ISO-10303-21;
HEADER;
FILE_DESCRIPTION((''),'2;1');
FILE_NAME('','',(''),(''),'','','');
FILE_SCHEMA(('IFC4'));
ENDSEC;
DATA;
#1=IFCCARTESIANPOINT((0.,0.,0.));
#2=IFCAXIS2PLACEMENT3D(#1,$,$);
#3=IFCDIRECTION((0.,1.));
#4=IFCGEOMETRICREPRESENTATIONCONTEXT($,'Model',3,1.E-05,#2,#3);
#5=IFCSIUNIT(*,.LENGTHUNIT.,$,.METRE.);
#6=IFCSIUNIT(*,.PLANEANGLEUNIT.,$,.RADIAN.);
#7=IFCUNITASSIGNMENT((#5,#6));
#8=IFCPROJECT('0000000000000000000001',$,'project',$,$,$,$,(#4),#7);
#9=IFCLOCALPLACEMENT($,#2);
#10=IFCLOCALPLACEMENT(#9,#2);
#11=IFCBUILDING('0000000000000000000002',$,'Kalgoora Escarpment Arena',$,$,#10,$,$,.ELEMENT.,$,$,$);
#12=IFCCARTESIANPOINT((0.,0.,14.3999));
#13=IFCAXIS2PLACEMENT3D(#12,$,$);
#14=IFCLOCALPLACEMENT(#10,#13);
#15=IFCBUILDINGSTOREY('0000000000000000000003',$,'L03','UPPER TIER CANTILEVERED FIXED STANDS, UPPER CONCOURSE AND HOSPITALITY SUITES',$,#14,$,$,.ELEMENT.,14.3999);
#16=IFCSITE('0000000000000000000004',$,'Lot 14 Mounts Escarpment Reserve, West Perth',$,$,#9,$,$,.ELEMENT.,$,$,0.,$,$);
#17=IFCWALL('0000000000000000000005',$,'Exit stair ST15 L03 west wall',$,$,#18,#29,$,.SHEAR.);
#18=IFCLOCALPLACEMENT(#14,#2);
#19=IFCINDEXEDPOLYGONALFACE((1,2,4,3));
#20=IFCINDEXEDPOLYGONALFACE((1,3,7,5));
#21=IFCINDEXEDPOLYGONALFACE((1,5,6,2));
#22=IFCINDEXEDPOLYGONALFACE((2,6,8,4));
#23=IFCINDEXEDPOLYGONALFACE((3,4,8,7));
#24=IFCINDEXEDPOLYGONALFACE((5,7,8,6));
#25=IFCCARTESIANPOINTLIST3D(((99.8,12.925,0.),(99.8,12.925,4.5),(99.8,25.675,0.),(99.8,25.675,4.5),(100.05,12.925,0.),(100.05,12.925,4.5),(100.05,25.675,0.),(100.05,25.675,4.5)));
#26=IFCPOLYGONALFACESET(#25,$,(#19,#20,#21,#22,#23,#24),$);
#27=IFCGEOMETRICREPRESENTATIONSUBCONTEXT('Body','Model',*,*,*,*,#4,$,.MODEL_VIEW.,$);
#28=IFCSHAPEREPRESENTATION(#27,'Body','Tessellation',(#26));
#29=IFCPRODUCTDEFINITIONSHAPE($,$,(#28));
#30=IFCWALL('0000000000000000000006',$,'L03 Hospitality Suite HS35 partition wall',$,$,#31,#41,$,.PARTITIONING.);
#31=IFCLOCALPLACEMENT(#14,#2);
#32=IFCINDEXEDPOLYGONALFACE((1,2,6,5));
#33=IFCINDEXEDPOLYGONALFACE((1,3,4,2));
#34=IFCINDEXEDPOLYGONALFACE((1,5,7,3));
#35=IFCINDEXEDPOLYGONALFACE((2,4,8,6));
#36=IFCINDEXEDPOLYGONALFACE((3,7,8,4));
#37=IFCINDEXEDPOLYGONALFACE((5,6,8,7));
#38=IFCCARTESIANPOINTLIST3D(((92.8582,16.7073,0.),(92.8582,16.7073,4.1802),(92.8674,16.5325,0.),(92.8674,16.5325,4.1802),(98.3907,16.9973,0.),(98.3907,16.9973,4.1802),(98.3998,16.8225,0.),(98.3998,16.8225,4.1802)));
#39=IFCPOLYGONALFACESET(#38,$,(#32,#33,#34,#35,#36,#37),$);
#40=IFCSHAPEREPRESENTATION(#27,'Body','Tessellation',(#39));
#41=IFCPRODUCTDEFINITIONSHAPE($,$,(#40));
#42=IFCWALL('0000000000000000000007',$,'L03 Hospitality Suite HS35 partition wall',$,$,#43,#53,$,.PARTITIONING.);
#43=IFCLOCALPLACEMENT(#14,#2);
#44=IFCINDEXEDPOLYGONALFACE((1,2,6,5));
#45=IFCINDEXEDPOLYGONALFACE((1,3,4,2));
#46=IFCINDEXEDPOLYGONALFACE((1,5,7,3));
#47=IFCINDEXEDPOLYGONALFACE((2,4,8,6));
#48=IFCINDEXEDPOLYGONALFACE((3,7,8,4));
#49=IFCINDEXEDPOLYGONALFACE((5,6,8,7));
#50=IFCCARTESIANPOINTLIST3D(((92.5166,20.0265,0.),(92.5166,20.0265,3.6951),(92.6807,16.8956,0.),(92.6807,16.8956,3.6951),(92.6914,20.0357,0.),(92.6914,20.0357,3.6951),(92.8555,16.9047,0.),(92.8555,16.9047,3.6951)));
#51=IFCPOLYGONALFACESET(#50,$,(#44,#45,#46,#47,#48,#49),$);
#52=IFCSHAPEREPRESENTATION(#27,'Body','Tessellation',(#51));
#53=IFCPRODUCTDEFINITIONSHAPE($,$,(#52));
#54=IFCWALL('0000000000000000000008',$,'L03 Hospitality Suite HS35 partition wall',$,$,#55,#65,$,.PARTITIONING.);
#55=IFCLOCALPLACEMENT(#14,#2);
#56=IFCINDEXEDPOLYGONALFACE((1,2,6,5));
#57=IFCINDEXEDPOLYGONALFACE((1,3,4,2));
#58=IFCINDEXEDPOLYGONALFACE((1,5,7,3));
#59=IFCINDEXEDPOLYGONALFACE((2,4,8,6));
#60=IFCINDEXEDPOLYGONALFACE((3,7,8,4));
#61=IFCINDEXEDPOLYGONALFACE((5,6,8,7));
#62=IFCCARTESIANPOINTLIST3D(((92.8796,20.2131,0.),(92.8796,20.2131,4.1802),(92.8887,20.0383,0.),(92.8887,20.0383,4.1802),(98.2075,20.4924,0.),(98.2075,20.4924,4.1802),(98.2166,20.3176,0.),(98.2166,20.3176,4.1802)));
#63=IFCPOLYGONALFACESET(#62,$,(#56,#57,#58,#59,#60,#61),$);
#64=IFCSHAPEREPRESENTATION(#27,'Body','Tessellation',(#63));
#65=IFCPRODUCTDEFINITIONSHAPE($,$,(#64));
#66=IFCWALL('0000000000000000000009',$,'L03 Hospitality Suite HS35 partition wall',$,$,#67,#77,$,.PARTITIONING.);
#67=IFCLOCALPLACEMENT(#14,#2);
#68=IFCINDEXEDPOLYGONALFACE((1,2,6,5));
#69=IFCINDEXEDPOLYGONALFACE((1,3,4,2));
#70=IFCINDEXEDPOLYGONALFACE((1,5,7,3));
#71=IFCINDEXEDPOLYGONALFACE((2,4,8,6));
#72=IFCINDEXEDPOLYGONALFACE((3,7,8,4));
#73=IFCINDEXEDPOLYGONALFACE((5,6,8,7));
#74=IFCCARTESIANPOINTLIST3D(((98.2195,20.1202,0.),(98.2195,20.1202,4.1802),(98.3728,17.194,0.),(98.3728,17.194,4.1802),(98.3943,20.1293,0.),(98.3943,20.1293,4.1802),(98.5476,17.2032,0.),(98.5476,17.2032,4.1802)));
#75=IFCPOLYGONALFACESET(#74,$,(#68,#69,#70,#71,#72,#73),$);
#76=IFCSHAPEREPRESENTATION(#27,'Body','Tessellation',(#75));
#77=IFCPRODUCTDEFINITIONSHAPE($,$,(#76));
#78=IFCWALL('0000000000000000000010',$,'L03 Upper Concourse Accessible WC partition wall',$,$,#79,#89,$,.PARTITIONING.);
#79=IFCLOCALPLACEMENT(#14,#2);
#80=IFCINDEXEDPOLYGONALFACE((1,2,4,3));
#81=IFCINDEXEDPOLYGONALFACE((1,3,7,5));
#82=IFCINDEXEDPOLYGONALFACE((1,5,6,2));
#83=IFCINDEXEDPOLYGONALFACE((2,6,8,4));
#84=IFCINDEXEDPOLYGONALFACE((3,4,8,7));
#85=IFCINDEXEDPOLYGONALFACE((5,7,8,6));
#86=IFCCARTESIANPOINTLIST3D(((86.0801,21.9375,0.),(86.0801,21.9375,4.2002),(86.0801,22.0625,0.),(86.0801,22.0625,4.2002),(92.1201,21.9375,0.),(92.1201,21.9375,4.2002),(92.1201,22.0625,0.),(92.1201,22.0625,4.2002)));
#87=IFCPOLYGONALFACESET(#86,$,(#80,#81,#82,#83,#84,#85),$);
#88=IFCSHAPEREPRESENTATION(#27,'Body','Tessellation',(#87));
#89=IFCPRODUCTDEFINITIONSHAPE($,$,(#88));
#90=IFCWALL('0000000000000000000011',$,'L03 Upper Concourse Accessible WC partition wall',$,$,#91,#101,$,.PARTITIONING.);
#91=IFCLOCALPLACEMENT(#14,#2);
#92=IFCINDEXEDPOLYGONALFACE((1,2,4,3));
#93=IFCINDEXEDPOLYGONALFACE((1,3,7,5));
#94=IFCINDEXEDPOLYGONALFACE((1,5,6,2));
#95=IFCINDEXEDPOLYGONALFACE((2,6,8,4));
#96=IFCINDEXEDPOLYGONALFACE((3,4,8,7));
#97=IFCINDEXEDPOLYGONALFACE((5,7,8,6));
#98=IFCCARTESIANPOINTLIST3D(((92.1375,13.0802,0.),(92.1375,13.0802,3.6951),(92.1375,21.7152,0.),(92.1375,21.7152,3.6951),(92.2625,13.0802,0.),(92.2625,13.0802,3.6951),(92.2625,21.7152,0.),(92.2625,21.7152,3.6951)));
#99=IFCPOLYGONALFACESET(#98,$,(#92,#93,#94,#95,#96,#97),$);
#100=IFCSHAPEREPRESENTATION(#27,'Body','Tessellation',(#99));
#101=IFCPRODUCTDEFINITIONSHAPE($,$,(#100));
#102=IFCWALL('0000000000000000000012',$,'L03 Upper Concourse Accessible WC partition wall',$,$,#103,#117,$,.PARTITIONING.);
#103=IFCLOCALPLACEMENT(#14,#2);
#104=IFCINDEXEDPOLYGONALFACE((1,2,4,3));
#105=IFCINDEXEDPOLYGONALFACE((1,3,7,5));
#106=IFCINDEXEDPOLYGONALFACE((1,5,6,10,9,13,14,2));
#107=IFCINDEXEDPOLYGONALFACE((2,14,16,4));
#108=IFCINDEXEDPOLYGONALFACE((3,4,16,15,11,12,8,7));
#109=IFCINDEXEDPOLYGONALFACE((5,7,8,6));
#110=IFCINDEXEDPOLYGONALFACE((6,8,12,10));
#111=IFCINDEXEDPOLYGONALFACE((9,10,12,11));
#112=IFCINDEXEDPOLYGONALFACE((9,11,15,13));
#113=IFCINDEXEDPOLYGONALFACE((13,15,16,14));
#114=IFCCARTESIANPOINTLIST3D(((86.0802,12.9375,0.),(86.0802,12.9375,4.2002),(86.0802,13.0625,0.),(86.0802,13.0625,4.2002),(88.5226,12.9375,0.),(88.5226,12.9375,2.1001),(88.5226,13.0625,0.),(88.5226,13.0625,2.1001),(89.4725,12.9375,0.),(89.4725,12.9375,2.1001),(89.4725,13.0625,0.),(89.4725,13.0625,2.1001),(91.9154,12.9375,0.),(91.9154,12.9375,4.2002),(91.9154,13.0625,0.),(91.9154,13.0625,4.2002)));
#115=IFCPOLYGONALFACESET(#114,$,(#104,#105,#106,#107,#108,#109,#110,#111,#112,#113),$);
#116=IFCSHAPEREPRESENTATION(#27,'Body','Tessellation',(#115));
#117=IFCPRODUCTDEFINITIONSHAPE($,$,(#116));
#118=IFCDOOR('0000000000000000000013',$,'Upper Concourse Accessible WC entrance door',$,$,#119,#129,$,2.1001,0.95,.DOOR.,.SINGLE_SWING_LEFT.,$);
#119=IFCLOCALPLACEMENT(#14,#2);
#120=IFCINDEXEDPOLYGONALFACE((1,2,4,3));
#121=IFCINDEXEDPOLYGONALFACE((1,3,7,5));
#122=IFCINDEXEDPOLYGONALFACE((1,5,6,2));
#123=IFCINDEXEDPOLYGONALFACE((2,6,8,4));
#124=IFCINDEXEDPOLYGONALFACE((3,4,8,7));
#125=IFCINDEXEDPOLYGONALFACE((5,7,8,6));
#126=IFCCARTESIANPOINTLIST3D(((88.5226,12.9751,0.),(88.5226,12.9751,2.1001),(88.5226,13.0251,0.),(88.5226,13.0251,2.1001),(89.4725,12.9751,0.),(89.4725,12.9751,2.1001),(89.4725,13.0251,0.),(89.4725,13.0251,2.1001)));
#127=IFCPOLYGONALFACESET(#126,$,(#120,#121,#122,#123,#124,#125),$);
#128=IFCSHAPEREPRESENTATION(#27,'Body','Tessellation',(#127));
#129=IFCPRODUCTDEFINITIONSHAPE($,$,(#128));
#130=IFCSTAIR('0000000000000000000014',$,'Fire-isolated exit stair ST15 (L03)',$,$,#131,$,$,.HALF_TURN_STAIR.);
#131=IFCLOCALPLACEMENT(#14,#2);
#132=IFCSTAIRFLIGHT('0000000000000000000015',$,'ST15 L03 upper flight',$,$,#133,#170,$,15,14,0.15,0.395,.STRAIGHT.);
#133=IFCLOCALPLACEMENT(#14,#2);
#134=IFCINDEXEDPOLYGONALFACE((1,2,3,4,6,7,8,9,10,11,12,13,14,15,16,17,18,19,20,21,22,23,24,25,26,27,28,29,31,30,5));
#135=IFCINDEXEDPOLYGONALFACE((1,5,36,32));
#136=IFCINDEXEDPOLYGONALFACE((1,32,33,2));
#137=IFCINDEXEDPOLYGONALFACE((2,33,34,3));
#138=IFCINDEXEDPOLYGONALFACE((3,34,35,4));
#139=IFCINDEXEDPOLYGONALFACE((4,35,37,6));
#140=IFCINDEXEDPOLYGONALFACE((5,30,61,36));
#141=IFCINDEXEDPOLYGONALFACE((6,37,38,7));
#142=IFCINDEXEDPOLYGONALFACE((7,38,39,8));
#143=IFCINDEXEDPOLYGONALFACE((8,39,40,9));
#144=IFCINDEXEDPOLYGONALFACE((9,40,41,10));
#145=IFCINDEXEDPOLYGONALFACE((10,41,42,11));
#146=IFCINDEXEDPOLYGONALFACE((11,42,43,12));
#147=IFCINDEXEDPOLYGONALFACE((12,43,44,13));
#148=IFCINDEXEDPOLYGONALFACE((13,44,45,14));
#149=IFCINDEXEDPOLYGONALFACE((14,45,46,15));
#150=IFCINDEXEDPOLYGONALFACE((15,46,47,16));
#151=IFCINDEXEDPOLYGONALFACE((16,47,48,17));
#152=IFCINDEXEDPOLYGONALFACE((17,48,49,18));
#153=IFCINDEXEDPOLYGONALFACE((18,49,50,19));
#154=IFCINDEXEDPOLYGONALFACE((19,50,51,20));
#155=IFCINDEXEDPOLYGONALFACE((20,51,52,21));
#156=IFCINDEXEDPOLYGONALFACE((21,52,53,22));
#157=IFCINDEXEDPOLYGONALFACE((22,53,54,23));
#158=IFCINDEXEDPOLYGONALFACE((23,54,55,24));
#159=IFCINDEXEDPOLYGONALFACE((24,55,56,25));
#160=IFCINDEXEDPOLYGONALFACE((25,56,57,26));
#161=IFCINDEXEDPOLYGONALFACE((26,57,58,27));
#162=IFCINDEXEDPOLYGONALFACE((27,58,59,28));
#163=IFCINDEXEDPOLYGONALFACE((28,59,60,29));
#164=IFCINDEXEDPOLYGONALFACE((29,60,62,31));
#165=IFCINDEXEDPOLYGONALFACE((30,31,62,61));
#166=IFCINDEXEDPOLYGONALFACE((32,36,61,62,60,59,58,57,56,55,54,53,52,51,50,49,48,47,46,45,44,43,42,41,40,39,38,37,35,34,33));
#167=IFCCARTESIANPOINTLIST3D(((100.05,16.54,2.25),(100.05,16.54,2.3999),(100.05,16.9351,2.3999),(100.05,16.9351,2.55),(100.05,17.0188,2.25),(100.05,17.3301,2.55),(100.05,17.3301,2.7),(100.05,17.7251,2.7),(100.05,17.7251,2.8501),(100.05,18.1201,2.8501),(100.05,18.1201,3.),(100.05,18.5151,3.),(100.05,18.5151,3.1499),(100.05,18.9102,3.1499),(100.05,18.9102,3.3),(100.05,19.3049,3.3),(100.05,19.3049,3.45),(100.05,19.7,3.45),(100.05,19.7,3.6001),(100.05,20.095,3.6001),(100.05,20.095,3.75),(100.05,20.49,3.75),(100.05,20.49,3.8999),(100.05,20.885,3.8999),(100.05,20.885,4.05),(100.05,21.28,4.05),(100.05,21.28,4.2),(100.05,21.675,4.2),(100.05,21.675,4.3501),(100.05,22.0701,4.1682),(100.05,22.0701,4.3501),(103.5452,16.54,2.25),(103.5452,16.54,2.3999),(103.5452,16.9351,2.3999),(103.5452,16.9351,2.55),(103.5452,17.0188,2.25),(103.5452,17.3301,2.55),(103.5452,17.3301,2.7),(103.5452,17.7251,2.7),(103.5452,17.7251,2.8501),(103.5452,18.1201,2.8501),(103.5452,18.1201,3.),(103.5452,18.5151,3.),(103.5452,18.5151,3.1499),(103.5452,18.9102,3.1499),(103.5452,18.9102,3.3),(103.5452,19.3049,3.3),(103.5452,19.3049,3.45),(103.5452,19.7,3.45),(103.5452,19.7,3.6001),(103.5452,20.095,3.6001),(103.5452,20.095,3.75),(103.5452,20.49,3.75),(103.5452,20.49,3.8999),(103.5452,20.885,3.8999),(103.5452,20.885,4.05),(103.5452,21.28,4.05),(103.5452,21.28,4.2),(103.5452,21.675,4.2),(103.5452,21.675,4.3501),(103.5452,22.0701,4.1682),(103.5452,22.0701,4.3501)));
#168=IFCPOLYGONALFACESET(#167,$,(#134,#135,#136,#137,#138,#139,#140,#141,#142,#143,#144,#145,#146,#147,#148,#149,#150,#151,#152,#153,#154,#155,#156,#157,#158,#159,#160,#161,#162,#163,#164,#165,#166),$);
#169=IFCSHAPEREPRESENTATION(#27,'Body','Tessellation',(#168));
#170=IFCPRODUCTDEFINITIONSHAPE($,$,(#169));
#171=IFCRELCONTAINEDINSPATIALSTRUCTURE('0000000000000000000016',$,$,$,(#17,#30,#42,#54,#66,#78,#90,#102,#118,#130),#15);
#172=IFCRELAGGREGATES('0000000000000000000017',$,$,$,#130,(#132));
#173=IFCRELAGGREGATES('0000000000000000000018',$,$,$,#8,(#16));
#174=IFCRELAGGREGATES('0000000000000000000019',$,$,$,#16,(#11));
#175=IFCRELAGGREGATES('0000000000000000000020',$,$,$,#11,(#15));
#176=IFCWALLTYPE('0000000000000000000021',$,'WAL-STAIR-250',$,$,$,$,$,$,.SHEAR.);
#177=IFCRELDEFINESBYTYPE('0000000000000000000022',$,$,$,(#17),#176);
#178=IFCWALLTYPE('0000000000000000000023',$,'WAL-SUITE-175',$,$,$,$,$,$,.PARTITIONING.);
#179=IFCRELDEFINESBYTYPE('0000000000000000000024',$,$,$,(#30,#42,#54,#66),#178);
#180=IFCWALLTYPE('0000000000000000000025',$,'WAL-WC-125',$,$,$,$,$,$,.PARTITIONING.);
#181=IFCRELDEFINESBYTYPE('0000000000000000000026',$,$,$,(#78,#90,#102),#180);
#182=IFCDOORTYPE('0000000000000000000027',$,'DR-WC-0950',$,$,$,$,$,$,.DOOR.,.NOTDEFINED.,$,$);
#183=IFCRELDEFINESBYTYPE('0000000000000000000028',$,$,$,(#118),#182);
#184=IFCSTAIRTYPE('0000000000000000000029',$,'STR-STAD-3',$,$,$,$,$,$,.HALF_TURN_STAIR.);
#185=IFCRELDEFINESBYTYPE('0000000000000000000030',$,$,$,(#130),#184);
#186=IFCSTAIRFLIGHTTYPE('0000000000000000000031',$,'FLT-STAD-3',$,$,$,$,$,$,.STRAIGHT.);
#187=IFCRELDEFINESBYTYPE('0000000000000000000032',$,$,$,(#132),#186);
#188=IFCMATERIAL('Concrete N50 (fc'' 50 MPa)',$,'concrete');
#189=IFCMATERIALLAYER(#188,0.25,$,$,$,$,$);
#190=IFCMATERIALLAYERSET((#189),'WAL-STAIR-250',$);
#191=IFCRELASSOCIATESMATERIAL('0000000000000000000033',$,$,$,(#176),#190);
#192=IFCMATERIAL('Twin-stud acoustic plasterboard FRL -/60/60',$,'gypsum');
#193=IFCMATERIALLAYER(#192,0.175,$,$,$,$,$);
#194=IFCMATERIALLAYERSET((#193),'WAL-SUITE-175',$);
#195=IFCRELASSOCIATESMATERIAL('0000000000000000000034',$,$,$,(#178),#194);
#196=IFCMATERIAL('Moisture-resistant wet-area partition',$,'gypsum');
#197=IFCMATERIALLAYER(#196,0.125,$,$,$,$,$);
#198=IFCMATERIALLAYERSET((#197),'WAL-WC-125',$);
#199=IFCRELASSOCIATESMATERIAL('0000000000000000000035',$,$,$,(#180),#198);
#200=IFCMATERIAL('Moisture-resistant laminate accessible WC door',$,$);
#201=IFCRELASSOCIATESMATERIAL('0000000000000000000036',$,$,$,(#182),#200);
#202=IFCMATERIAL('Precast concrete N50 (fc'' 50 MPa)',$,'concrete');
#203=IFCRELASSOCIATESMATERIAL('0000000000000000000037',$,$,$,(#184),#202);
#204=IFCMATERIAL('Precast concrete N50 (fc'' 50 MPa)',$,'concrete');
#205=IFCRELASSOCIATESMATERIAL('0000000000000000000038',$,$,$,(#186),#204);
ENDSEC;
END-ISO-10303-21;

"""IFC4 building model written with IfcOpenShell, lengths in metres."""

from ifc_helpers import new_model, si_unit, direction, frame, frame_2d, origin, place, context, subcontext, project, spatial, polyline, rectangle, outline, extrude, material, layer, layer_set, type_object, element, fill, aggregate, save


model = new_model("IFC4")

# Units and contexts
model_context = context("Model", 3, precision=1e-05, world=origin(), true_north=direction((0.0, 1.0)))
body_context = subcontext(model_context, "Body", "Model", "MODEL_VIEW")
ifc_project = project(units=[si_unit("LENGTHUNIT", "METRE"), si_unit("PLANEANGLEUNIT", "RADIAN")], contexts=[model_context])

# Site, building, storey
site_placement = place(None, origin())
site = spatial("IfcSite", under=ifc_project, at=site_placement, Name="Lot 14 Mounts Escarpment Reserve, West Perth", CompositionType="ELEMENT", RefElevation=0.0)
building_placement = place(site_placement, origin())
building = spatial("IfcBuilding", under=site, at=building_placement, Name="Kalgoora Escarpment Arena", CompositionType="ELEMENT")
storey_placement = place(building_placement, frame((0.0, 0.0, 14.3999)))
storey = spatial("IfcBuildingStorey", under=building, at=storey_placement, Name="L03", Description="UPPER TIER CANTILEVERED FIXED STANDS, UPPER CONCOURSE AND HOSPITALITY SUITES", CompositionType="ELEMENT", Elevation=14.3999)

# Walls
ifc_material_1 = material(Name="Concrete N50 (fc' 50 MPa)", Category="concrete")
ifc_layer_1 = layer(ifc_material_1, 0.25)
ifc_layer_set_1 = layer_set([ifc_layer_1], Name="WAL-STAIR-250")
wall_type_1 = type_object("IfcWallType", Name="WAL-STAIR-250", PredefinedType="SHEAR", material=ifc_layer_set_1)
wall_1_placement = place(storey_placement, frame((99.925, 12.925, 0.0), z_axis=(0.0, 0.0, 1.0), x_axis=(0.0, 1.0, 0.0)))
element("IfcWall", 1, at=wall_1_placement, inside=storey, type_object=wall_type_1, Name="Exit stair ST15 L03 west wall", PredefinedType="SHEAR", context=body_context, shape_type="SweptSolid", body=[
    extrude(rectangle(XDim=12.75, YDim=0.25, at=frame_2d((6.375, 0.0))), origin(), (0.0, 0.0, 1.0), 4.5),
])
ifc_material_2 = material(Name="Twin-stud acoustic plasterboard FRL -/60/60", Category="gypsum")
ifc_layer_2 = layer(ifc_material_2, 0.175)
ifc_layer_set_2 = layer_set([ifc_layer_2], Name="WAL-SUITE-175")
wall_type_2 = type_object("IfcWallType", Name="WAL-SUITE-175", PredefinedType="PARTITIONING", material=ifc_layer_set_2)
wall_2_placement = place(storey_placement, frame((98.3953, 16.9099, 0.0), z_axis=(0.0, 0.0, 1.0), x_axis=(-0.998629, -0.052353, 0.0)))
element("IfcWall", 2, at=wall_2_placement, inside=storey, type_object=wall_type_2, Name="L03 Hospitality Suite HS35 partition wall", PredefinedType="PARTITIONING", context=body_context, shape_type="SweptSolid", body=[
    extrude(rectangle(XDim=5.54, YDim=0.175, at=frame_2d((2.77, 0.0))), origin(), (0.0, 0.0, 1.0), 4.1802),
])
wall_3_placement = place(storey_placement, frame((92.7681, 16.9001, 0.0), z_axis=(0.0, 0.0, 1.0), x_axis=(-0.05233, 0.99863, 0.0)))
element("IfcWall", 3, at=wall_3_placement, inside=storey, type_object=wall_type_2, Name="L03 Hospitality Suite HS35 partition wall", PredefinedType="PARTITIONING", context=body_context, shape_type="SweptSolid", body=[
    extrude(rectangle(XDim=3.1353, YDim=0.175, at=frame_2d((1.5676, 0.0))), origin(), (0.0, 0.0, 1.0), 3.6951),
])
wall_4_placement = place(storey_placement, frame((92.8843, 20.1257, 0.0), z_axis=(0.0, 0.0, 1.0), x_axis=(0.998629, 0.05235, 0.0)))
element("IfcWall", 4, at=wall_4_placement, inside=storey, type_object=wall_type_2, Name="L03 Hospitality Suite HS35 partition wall", PredefinedType="PARTITIONING", context=body_context, shape_type="SweptSolid", body=[
    extrude(rectangle(XDim=5.3352, YDim=0.175, at=frame_2d((2.6675, 0.0))), origin(), (0.0, 0.0, 1.0), 4.1802),
])
wall_5_placement = place(storey_placement, frame((98.3069, 20.1248, 0.0), z_axis=(0.0, 0.0, 1.0), x_axis=(0.052323, -0.99863, 0.0)))
element("IfcWall", 5, at=wall_5_placement, inside=storey, type_object=wall_type_2, Name="L03 Hospitality Suite HS35 partition wall", PredefinedType="PARTITIONING", context=body_context, shape_type="SweptSolid", body=[
    extrude(rectangle(XDim=2.9302, YDim=0.175, at=frame_2d((1.4651, 0.0))), origin(), (0.0, 0.0, 1.0), 4.1802),
])
ifc_material_3 = material(Name="Moisture-resistant wet-area partition", Category="gypsum")
ifc_layer_3 = layer(ifc_material_3, 0.125)
ifc_layer_set_3 = layer_set([ifc_layer_3], Name="WAL-WC-125")
wall_type_3 = type_object("IfcWallType", Name="WAL-WC-125", PredefinedType="PARTITIONING", material=ifc_layer_set_3)
wall_6_placement = place(storey_placement, frame((86.0801, 22.0, 0.0), z_axis=(0.0, 0.0, 1.0), x_axis=(1.0, 0.0, 0.0)))
element("IfcWall", 6, at=wall_6_placement, inside=storey, type_object=wall_type_3, Name="L03 Upper Concourse Accessible WC partition wall", PredefinedType="PARTITIONING", context=body_context, shape_type="SweptSolid", body=[
    extrude(rectangle(XDim=6.04, YDim=0.125, at=frame_2d((3.02, 0.0))), origin(), (0.0, 0.0, 1.0), 4.2002),
])
wall_7_placement = place(storey_placement, frame((92.2, 21.7151, 0.0), z_axis=(0.0, 0.0, 1.0), x_axis=(0.0, -1.0, 0.0)))
element("IfcWall", 7, at=wall_7_placement, inside=storey, type_object=wall_type_3, Name="L03 Upper Concourse Accessible WC partition wall", PredefinedType="PARTITIONING", context=body_context, shape_type="SweptSolid", body=[
    extrude(rectangle(XDim=8.635, YDim=0.125, at=frame_2d((4.3174, 0.0))), origin(), (0.0, 0.0, 1.0), 3.6951),
])

# Wall, opening, door
wall_8_placement = place(storey_placement, frame((91.9153, 13.0, 0.0), z_axis=(0.0, 0.0, 1.0), x_axis=(-1.0, 0.0, 0.0)))
wall_8 = element("IfcWall", 8, at=wall_8_placement, inside=storey, type_object=wall_type_3, Name="L03 Upper Concourse Accessible WC partition wall", PredefinedType="PARTITIONING", context=body_context, shape_type="SweptSolid", body=[
    extrude(rectangle(XDim=5.8352, YDim=0.125, at=frame_2d((2.9175, 0.0))), origin(), (0.0, 0.0, 1.0), 4.2002),
])
opening_1_placement = place(wall_8_placement, frame((2.4426, 0.0, 0.0)))
opening_1 = element("IfcOpeningElement", 9, at=opening_1_placement, cuts=wall_8, PredefinedType="OPENING", context=body_context, shape_type="SweptSolid", body=[
    extrude(rectangle(XDim=0.95, YDim=2.1001, at=frame_2d((0.4751, 1.05))), frame((0.0, 0.0725, 0.0), z_axis=(0.0, -1.0, 0.0), x_axis=(1.0, 0.0, 0.0)), (0.0, 0.0, 1.0), 0.145),
])
ifc_material_4 = material(Name="Moisture-resistant laminate accessible WC door")
door_type_1 = type_object("IfcDoorType", Name="DR-WC-0950", OperationType="NOTDEFINED", PredefinedType="DOOR", material=ifc_material_4)
door_1_placement = place(opening_1_placement, origin())
door_1 = element("IfcDoor", 10, at=door_1_placement, inside=storey, type_object=door_type_1, Name="Upper Concourse Accessible WC entrance door", OperationType="SINGLE_SWING_LEFT", OverallHeight=2.1001, OverallWidth=0.95, PredefinedType="DOOR", context=body_context, shape_type="SweptSolid", body=[
    extrude(rectangle(XDim=0.95, YDim=2.1001, at=frame_2d((0.4751, 1.05))), frame((0.0, 0.0249, 0.0), z_axis=(0.0, -1.0, 0.0), x_axis=(1.0, 0.0, 0.0)), (0.0, 0.0, 1.0), 0.05),
])
fill(opening_1, door_1)

# Stair, stair flight
ifc_material_5 = material(Name="Precast concrete N50 (fc' 50 MPa)", Category="concrete")
stair_type = type_object("IfcStairType", Name="STR-STAD-3", PredefinedType="HALF_TURN_STAIR", material=ifc_material_5)
stair_placement = place(storey_placement, origin())
stair = element("IfcStair", 11, at=stair_placement, inside=storey, type_object=stair_type, Name="Fire-isolated exit stair ST15 (L03)", PredefinedType="HALF_TURN_STAIR")
ifc_material_6 = material(Name="Precast concrete N50 (fc' 50 MPa)", Category="concrete")
stair_flight_type = type_object("IfcStairFlightType", Name="FLT-STAD-3", PredefinedType="STRAIGHT", material=ifc_material_6)
stair_flight_placement = place(storey_placement, frame((101.7976, 16.54, 2.25), z_axis=(0.0, 0.0, 1.0), x_axis=(0.0, 1.0, 0.0)))
stair_flight = element("IfcStairFlight", 12, at=stair_flight_placement, type_object=stair_flight_type, Name="ST15 L03 upper flight", NumberOfRisers=15, NumberOfTreads=14, PredefinedType="STRAIGHT", RiserHeight=0.15, TreadLength=0.395, context=body_context, shape_type="SweptSolid", body=[
    extrude(outline(polyline([(0.0, 0.0), (0.0, 0.1499), (0.395, 0.1499), (0.395, 0.3), (0.79, 0.3), (0.79, 0.45), (1.1851, 0.45), (1.1851, 0.6001), (1.5801, 0.6001), (1.5801, 0.75), (1.9751, 0.75), (1.9751, 0.8999), (2.3701, 0.8999), (2.3701, 1.05), (2.7649, 1.05), (2.7649, 1.2), (3.1599, 1.2), (3.1599, 1.3501), (3.5549, 1.3501), (3.5549, 1.5), (3.95, 1.5), (3.95, 1.6499), (4.345, 1.6499), (4.345, 1.8), (4.74, 1.8), (4.74, 1.95), (5.135, 1.95), (5.135, 2.1001), (5.53, 2.1001), (5.53, 2.25), (5.53, 1.9182), (0.4788, 0.0), (0.0, 0.0)])), frame((0.0, 1.7476, 0.0), z_axis=(0.0, -1.0, 0.0), x_axis=(1.0, 0.0, 0.0)), (0.0, 0.0, 1.0), 3.4951),
])
aggregate(stair, [stair_flight])

save(model, "model.ifc")
